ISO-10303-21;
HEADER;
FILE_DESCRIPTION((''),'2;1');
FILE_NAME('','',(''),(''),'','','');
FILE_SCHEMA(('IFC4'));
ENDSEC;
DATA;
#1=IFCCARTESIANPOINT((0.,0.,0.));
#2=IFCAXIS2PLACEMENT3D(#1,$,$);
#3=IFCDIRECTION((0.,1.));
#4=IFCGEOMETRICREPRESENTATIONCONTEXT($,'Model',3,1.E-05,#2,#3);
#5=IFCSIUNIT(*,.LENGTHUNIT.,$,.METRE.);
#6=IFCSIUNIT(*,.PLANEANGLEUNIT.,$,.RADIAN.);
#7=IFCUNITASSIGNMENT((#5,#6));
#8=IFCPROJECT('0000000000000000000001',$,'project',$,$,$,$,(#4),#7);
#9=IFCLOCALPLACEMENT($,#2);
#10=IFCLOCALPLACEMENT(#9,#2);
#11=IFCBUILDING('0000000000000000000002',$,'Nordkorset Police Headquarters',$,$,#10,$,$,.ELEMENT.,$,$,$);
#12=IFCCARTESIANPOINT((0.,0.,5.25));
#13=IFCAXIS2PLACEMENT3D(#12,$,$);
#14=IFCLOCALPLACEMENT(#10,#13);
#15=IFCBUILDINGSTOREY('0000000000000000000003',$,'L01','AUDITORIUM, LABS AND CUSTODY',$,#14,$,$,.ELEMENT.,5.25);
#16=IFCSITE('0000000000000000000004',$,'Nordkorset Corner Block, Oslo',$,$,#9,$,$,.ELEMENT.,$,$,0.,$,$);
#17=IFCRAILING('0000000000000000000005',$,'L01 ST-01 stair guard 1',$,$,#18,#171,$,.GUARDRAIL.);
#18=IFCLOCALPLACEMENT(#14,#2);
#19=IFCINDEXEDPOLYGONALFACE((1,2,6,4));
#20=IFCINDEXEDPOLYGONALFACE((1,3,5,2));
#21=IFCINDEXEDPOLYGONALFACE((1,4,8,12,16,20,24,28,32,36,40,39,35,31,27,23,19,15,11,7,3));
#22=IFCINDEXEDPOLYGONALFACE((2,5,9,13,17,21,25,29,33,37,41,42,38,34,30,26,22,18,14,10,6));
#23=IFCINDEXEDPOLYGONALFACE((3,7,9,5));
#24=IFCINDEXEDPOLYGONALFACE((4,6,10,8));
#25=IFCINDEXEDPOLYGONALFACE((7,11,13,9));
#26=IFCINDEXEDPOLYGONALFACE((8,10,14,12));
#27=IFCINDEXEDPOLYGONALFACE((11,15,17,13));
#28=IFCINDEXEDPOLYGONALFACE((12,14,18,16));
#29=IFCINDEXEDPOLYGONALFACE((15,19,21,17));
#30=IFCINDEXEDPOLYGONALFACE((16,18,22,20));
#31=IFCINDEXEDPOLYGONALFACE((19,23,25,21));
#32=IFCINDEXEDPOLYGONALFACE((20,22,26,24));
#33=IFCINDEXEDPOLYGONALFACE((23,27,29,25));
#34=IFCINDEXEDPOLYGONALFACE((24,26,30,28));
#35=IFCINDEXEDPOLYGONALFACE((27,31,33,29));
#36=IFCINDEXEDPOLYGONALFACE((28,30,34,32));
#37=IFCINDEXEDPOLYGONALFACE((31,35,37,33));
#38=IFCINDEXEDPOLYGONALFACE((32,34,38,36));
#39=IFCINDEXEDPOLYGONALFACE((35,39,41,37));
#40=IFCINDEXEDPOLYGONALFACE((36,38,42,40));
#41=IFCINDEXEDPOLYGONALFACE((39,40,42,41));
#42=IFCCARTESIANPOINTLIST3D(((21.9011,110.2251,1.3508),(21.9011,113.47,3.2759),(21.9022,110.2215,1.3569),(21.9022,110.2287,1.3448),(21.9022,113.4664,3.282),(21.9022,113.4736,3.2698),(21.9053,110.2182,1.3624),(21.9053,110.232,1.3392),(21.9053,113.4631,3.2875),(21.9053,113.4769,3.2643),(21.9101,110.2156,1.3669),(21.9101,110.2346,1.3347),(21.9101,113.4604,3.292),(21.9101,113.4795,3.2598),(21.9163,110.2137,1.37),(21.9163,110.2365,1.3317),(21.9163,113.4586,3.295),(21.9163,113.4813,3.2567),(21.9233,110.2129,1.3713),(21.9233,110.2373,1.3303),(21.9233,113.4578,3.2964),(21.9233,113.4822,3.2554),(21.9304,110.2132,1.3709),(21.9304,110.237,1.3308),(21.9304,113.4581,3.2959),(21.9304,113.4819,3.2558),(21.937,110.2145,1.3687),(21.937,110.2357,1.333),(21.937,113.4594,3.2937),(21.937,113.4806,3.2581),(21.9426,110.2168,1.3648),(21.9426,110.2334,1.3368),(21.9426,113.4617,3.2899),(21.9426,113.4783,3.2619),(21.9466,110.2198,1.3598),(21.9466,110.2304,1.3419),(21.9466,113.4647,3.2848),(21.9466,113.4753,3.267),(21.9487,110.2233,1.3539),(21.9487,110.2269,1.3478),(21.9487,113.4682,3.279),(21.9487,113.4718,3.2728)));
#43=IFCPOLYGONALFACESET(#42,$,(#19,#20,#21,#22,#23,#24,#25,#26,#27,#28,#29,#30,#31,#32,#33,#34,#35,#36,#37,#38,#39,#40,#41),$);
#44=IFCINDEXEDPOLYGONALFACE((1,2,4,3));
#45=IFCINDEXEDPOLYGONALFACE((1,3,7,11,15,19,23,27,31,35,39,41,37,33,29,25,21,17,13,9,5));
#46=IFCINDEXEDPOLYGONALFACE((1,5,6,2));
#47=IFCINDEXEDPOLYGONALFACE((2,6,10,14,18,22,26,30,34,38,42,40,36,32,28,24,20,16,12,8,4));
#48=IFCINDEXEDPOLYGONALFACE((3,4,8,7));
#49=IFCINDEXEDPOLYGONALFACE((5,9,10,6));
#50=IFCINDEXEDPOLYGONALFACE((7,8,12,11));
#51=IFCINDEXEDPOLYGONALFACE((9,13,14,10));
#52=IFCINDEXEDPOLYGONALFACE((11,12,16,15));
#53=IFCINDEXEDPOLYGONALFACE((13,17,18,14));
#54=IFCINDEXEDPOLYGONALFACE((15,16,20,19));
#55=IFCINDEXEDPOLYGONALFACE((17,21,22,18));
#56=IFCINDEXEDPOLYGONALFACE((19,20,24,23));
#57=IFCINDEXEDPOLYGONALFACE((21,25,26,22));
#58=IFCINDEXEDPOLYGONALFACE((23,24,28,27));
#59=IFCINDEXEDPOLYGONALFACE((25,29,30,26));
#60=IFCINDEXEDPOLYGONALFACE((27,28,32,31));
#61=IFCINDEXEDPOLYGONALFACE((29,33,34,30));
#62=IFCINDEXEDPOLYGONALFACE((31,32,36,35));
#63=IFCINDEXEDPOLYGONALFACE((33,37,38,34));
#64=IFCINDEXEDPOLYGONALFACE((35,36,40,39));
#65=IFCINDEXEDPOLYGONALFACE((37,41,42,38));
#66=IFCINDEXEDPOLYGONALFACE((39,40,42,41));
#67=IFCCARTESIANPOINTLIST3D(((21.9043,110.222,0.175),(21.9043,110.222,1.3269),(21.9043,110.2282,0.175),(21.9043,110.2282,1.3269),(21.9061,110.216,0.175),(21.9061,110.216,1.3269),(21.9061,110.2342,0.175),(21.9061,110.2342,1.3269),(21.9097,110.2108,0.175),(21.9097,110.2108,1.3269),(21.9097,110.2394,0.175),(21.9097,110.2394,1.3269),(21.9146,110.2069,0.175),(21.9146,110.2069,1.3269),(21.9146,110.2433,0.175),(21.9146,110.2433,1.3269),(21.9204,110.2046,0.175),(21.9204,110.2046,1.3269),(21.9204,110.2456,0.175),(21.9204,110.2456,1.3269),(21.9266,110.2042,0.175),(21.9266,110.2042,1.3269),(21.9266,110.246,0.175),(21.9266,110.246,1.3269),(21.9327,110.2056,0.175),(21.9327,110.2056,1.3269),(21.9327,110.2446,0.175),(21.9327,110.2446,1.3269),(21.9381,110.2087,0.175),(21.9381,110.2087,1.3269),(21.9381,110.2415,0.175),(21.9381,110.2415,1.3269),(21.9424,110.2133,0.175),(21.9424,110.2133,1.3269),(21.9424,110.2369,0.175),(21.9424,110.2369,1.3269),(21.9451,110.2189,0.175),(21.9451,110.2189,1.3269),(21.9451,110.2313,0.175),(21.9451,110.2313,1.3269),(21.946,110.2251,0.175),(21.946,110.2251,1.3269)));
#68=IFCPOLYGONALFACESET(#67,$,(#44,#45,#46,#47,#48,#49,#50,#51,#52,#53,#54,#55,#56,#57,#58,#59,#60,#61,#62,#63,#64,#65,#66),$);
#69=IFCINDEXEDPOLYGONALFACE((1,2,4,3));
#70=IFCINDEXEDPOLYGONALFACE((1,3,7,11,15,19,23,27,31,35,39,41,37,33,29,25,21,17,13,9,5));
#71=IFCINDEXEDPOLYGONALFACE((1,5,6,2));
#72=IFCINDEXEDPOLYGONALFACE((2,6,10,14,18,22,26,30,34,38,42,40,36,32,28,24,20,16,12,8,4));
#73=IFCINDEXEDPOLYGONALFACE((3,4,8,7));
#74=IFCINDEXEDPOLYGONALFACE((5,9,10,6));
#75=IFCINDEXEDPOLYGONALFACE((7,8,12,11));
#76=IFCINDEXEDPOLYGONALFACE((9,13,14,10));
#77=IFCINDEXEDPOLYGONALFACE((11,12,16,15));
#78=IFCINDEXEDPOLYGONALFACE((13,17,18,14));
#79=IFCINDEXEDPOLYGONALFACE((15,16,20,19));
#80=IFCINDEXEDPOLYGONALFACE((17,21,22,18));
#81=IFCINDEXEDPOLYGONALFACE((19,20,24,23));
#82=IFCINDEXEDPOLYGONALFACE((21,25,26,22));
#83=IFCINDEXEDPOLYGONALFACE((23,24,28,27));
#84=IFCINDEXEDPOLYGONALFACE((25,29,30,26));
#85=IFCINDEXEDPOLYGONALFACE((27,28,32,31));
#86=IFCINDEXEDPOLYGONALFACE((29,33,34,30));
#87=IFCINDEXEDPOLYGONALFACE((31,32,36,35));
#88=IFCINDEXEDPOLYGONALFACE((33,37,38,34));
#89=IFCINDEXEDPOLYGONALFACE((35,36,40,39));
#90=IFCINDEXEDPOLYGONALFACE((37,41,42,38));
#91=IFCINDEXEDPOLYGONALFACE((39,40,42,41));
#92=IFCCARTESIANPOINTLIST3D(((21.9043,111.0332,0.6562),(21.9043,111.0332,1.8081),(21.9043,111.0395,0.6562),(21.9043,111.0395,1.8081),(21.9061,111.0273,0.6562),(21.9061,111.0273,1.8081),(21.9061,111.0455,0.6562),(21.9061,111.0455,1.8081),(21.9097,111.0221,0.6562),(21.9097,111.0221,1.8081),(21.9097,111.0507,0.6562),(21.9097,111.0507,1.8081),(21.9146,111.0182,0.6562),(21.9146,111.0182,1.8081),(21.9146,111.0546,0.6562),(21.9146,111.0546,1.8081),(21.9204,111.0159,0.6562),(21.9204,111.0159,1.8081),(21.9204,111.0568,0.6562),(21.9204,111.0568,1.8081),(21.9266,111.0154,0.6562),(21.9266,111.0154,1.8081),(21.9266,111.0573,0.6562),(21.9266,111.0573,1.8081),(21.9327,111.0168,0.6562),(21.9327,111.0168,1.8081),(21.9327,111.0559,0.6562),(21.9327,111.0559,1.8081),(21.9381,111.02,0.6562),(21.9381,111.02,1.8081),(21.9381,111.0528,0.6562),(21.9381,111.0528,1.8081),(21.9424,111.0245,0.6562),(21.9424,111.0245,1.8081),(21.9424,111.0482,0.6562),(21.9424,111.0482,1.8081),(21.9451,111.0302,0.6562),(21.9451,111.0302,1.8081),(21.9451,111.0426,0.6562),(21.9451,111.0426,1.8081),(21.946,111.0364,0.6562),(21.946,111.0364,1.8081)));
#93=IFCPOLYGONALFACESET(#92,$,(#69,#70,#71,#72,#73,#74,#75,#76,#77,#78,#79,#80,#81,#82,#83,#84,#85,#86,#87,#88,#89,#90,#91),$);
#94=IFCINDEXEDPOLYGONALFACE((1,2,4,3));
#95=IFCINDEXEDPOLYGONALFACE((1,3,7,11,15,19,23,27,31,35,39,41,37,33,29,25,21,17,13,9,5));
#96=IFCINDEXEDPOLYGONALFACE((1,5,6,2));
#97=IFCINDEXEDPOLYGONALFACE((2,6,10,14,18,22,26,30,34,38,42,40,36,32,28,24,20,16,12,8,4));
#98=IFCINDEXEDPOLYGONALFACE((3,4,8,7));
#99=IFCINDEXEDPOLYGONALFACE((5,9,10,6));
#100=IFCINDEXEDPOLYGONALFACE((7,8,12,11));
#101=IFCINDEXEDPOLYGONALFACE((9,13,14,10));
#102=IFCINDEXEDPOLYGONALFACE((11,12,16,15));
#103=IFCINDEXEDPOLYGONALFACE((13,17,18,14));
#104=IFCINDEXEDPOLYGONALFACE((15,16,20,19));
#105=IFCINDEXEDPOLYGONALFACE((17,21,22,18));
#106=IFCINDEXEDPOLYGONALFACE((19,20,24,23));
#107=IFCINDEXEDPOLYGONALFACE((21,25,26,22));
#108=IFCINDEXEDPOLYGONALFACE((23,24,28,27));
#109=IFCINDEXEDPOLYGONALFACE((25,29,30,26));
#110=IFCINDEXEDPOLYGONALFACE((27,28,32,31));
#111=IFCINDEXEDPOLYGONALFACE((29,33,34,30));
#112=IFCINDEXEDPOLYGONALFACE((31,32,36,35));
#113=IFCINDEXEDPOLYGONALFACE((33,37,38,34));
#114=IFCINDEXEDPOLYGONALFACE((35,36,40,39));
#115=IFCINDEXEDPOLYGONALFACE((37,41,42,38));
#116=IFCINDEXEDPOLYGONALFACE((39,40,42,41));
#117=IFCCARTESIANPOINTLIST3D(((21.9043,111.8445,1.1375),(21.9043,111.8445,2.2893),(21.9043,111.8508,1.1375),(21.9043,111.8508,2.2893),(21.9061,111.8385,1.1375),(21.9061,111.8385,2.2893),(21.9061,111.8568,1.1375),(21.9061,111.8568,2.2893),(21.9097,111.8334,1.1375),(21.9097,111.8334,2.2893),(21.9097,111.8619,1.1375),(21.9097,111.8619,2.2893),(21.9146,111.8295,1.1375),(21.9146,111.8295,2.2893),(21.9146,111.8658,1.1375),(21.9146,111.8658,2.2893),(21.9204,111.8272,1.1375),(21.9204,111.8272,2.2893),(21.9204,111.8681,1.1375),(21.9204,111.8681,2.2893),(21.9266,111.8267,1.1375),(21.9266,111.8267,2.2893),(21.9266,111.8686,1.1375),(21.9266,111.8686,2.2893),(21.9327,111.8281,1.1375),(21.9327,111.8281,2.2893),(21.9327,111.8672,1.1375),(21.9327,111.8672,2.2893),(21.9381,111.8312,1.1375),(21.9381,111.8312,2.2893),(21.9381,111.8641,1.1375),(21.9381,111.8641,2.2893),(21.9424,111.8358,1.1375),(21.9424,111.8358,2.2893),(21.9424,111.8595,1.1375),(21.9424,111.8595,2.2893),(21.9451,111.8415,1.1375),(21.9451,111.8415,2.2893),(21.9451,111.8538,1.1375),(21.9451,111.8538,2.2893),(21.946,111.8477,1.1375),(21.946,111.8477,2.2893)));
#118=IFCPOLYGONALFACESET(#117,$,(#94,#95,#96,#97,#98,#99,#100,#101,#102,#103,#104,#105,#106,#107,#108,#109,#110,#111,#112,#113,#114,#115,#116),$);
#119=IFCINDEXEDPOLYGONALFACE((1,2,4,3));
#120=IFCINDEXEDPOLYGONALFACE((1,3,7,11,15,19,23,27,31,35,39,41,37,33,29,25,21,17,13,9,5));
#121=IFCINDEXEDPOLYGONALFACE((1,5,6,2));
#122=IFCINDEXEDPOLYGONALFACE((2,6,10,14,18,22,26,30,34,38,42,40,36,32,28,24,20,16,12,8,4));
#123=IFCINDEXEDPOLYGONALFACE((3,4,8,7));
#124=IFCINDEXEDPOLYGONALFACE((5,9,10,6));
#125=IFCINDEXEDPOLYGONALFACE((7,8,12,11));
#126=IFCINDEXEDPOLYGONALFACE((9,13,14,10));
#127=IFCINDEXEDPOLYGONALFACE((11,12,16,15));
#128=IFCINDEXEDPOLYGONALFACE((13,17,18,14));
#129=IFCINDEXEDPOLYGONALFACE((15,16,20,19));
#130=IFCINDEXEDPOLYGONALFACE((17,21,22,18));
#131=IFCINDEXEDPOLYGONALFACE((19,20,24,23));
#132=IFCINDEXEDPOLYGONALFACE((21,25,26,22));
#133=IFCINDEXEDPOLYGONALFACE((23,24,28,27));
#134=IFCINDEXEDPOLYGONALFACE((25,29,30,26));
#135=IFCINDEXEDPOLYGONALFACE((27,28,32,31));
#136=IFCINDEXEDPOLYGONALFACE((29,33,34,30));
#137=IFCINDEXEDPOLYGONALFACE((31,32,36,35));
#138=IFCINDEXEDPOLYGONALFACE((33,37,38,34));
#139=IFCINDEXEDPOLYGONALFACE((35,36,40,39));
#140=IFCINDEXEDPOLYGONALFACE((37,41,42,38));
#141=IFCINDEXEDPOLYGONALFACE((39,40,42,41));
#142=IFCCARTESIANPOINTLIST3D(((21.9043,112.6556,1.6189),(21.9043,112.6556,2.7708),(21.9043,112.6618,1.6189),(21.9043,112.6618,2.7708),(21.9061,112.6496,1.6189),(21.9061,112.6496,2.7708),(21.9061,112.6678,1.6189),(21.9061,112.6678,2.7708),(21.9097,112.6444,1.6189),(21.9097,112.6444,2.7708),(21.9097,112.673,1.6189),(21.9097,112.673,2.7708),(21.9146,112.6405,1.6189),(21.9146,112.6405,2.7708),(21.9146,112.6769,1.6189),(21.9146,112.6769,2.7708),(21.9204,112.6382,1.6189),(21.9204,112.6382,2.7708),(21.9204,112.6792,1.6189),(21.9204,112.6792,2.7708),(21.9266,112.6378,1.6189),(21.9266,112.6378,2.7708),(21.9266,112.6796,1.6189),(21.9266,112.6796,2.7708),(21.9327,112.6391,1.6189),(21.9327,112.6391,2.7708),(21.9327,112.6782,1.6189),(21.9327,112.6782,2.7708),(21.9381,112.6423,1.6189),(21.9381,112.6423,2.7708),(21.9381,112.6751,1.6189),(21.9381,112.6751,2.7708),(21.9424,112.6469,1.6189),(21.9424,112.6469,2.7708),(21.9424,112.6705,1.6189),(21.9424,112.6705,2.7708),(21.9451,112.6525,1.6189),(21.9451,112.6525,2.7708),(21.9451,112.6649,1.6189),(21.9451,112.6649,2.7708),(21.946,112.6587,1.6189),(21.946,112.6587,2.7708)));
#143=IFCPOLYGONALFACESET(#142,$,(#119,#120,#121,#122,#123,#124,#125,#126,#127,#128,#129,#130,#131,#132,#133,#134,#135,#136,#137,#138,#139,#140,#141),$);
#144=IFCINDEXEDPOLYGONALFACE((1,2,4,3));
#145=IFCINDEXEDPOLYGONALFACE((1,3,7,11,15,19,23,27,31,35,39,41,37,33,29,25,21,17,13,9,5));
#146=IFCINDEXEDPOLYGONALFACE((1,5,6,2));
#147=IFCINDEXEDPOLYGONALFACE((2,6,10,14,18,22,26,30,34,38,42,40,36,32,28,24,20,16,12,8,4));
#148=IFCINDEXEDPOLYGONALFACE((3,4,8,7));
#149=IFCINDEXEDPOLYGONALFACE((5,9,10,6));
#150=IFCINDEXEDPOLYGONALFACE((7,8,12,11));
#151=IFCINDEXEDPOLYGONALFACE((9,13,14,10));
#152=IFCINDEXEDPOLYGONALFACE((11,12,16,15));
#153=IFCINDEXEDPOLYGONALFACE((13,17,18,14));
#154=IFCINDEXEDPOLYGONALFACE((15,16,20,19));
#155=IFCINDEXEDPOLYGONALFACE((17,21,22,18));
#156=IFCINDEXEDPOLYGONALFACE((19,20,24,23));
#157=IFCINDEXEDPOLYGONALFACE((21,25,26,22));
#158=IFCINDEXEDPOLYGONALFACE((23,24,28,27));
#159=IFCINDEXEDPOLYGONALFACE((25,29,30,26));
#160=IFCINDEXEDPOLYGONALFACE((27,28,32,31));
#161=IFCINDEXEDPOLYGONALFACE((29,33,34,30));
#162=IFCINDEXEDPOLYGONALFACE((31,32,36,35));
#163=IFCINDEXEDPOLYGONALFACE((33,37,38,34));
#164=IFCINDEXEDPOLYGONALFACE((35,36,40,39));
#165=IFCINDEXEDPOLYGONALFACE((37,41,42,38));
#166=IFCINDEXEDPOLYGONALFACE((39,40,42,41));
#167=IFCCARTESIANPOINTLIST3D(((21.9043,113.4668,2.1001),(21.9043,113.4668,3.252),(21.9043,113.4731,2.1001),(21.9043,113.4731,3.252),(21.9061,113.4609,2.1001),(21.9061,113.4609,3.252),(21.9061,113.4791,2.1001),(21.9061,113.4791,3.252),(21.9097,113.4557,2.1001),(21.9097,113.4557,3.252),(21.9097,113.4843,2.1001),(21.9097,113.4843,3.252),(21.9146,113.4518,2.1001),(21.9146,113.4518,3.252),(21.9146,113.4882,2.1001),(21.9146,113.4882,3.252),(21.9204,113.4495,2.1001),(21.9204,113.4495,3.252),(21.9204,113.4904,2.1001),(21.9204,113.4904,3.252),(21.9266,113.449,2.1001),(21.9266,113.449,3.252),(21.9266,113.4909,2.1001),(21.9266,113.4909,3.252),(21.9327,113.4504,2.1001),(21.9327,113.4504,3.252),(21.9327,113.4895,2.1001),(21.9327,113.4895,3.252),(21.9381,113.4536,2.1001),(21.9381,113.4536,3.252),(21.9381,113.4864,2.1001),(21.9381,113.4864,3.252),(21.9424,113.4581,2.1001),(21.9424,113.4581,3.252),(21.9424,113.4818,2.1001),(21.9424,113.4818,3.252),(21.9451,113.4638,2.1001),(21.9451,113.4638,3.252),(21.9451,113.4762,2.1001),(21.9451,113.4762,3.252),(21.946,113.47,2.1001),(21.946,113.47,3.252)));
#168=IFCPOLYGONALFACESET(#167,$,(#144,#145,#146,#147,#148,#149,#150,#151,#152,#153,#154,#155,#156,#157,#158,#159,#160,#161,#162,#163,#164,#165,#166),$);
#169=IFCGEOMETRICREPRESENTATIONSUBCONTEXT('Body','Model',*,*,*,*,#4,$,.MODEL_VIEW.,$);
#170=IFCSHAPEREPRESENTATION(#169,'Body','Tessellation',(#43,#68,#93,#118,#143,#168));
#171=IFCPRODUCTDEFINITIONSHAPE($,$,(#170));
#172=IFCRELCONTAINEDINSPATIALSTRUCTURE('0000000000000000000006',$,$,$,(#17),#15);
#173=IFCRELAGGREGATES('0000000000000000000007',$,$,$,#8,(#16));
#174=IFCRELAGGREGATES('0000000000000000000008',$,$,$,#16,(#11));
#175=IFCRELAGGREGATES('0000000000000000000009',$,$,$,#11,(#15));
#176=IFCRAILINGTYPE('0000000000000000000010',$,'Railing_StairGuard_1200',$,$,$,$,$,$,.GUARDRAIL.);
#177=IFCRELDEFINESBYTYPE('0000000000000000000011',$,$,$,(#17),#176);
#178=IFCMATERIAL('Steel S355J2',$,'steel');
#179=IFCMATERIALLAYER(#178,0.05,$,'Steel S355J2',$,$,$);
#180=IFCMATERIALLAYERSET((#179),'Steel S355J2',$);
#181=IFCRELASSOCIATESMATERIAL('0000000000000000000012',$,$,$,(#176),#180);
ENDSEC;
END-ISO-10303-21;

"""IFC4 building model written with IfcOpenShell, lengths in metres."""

from ifc_helpers import new_model, si_unit, direction, frame, origin, origin_2d, place, context, subcontext, project, spatial, circle, extrude, material, layer, layer_set, type_object, element, save


model = new_model("IFC4")

# Units and contexts
model_context = context("Model", 3, precision=1e-05, world=origin(), true_north=direction((0.0, 1.0)))
body_context = subcontext(model_context, "Body", "Model", "MODEL_VIEW")
ifc_project = project(units=[si_unit("LENGTHUNIT", "METRE"), si_unit("PLANEANGLEUNIT", "RADIAN")], contexts=[model_context])

# Site, building, storey
site_placement = place(None, origin())
site = spatial("IfcSite", under=ifc_project, at=site_placement, Name="Nordkorset Corner Block, Oslo", CompositionType="ELEMENT", RefElevation=0.0)
building_placement = place(site_placement, origin())
building = spatial("IfcBuilding", under=site, at=building_placement, Name="Nordkorset Police Headquarters", CompositionType="ELEMENT")
storey_placement = place(building_placement, frame((0.0, 0.0, 5.25)))
storey = spatial("IfcBuildingStorey", under=building, at=storey_placement, Name="L01", Description="AUDITORIUM, LABS AND CUSTODY", CompositionType="ELEMENT", Elevation=5.25)

# Railing
ifc_material_1 = material(Name="Steel S355J2", Category="steel")
ifc_layer_1 = layer(ifc_material_1, 0.05, Name="Steel S355J2")
ifc_layer_set_1 = layer_set([ifc_layer_1], Name="Steel S355J2")
railing_type = type_object("IfcRailingType", Name="Railing_StairGuard_1200", PredefinedType="GUARDRAIL", material=ifc_layer_set_1)
railing_1_placement = place(storey_placement, frame((21.925, 110.2251, 0.175)))
element("IfcRailing", 1, at=railing_1_placement, inside=storey, type_object=railing_type, Name="L01 ST-01 stair guard 1", PredefinedType="GUARDRAIL", context=body_context, shape_type="SweptSolid", body=[
    extrude(circle(Radius=0.0239, at=origin_2d()), frame((0.0, 0.0, 1.1758), z_axis=(0.0, 0.86004, 0.510226), x_axis=(-1.0, 0.0, 0.0)), (0.0, 0.0, 1.0), 3.7729),
    extrude(circle(Radius=0.021, at=origin_2d()), origin(), (0.0, 0.0, 1.0), 1.1519),
    extrude(circle(Radius=0.021, at=origin_2d()), frame((0.0, 0.8113, 0.4812)), (0.0, 0.0, 1.0), 1.1519),
    extrude(circle(Radius=0.021, at=origin_2d()), frame((0.0, 1.6226, 0.9624)), (0.0, 0.0, 1.0), 1.1519),
    extrude(circle(Radius=0.021, at=origin_2d()), frame((0.0, 2.4336, 1.4438)), (0.0, 0.0, 1.0), 1.1519),
    extrude(circle(Radius=0.021, at=origin_2d()), frame((0.0, 3.2449, 1.925)), (0.0, 0.0, 1.0), 1.1519),
])

save(model, "model.ifc")
